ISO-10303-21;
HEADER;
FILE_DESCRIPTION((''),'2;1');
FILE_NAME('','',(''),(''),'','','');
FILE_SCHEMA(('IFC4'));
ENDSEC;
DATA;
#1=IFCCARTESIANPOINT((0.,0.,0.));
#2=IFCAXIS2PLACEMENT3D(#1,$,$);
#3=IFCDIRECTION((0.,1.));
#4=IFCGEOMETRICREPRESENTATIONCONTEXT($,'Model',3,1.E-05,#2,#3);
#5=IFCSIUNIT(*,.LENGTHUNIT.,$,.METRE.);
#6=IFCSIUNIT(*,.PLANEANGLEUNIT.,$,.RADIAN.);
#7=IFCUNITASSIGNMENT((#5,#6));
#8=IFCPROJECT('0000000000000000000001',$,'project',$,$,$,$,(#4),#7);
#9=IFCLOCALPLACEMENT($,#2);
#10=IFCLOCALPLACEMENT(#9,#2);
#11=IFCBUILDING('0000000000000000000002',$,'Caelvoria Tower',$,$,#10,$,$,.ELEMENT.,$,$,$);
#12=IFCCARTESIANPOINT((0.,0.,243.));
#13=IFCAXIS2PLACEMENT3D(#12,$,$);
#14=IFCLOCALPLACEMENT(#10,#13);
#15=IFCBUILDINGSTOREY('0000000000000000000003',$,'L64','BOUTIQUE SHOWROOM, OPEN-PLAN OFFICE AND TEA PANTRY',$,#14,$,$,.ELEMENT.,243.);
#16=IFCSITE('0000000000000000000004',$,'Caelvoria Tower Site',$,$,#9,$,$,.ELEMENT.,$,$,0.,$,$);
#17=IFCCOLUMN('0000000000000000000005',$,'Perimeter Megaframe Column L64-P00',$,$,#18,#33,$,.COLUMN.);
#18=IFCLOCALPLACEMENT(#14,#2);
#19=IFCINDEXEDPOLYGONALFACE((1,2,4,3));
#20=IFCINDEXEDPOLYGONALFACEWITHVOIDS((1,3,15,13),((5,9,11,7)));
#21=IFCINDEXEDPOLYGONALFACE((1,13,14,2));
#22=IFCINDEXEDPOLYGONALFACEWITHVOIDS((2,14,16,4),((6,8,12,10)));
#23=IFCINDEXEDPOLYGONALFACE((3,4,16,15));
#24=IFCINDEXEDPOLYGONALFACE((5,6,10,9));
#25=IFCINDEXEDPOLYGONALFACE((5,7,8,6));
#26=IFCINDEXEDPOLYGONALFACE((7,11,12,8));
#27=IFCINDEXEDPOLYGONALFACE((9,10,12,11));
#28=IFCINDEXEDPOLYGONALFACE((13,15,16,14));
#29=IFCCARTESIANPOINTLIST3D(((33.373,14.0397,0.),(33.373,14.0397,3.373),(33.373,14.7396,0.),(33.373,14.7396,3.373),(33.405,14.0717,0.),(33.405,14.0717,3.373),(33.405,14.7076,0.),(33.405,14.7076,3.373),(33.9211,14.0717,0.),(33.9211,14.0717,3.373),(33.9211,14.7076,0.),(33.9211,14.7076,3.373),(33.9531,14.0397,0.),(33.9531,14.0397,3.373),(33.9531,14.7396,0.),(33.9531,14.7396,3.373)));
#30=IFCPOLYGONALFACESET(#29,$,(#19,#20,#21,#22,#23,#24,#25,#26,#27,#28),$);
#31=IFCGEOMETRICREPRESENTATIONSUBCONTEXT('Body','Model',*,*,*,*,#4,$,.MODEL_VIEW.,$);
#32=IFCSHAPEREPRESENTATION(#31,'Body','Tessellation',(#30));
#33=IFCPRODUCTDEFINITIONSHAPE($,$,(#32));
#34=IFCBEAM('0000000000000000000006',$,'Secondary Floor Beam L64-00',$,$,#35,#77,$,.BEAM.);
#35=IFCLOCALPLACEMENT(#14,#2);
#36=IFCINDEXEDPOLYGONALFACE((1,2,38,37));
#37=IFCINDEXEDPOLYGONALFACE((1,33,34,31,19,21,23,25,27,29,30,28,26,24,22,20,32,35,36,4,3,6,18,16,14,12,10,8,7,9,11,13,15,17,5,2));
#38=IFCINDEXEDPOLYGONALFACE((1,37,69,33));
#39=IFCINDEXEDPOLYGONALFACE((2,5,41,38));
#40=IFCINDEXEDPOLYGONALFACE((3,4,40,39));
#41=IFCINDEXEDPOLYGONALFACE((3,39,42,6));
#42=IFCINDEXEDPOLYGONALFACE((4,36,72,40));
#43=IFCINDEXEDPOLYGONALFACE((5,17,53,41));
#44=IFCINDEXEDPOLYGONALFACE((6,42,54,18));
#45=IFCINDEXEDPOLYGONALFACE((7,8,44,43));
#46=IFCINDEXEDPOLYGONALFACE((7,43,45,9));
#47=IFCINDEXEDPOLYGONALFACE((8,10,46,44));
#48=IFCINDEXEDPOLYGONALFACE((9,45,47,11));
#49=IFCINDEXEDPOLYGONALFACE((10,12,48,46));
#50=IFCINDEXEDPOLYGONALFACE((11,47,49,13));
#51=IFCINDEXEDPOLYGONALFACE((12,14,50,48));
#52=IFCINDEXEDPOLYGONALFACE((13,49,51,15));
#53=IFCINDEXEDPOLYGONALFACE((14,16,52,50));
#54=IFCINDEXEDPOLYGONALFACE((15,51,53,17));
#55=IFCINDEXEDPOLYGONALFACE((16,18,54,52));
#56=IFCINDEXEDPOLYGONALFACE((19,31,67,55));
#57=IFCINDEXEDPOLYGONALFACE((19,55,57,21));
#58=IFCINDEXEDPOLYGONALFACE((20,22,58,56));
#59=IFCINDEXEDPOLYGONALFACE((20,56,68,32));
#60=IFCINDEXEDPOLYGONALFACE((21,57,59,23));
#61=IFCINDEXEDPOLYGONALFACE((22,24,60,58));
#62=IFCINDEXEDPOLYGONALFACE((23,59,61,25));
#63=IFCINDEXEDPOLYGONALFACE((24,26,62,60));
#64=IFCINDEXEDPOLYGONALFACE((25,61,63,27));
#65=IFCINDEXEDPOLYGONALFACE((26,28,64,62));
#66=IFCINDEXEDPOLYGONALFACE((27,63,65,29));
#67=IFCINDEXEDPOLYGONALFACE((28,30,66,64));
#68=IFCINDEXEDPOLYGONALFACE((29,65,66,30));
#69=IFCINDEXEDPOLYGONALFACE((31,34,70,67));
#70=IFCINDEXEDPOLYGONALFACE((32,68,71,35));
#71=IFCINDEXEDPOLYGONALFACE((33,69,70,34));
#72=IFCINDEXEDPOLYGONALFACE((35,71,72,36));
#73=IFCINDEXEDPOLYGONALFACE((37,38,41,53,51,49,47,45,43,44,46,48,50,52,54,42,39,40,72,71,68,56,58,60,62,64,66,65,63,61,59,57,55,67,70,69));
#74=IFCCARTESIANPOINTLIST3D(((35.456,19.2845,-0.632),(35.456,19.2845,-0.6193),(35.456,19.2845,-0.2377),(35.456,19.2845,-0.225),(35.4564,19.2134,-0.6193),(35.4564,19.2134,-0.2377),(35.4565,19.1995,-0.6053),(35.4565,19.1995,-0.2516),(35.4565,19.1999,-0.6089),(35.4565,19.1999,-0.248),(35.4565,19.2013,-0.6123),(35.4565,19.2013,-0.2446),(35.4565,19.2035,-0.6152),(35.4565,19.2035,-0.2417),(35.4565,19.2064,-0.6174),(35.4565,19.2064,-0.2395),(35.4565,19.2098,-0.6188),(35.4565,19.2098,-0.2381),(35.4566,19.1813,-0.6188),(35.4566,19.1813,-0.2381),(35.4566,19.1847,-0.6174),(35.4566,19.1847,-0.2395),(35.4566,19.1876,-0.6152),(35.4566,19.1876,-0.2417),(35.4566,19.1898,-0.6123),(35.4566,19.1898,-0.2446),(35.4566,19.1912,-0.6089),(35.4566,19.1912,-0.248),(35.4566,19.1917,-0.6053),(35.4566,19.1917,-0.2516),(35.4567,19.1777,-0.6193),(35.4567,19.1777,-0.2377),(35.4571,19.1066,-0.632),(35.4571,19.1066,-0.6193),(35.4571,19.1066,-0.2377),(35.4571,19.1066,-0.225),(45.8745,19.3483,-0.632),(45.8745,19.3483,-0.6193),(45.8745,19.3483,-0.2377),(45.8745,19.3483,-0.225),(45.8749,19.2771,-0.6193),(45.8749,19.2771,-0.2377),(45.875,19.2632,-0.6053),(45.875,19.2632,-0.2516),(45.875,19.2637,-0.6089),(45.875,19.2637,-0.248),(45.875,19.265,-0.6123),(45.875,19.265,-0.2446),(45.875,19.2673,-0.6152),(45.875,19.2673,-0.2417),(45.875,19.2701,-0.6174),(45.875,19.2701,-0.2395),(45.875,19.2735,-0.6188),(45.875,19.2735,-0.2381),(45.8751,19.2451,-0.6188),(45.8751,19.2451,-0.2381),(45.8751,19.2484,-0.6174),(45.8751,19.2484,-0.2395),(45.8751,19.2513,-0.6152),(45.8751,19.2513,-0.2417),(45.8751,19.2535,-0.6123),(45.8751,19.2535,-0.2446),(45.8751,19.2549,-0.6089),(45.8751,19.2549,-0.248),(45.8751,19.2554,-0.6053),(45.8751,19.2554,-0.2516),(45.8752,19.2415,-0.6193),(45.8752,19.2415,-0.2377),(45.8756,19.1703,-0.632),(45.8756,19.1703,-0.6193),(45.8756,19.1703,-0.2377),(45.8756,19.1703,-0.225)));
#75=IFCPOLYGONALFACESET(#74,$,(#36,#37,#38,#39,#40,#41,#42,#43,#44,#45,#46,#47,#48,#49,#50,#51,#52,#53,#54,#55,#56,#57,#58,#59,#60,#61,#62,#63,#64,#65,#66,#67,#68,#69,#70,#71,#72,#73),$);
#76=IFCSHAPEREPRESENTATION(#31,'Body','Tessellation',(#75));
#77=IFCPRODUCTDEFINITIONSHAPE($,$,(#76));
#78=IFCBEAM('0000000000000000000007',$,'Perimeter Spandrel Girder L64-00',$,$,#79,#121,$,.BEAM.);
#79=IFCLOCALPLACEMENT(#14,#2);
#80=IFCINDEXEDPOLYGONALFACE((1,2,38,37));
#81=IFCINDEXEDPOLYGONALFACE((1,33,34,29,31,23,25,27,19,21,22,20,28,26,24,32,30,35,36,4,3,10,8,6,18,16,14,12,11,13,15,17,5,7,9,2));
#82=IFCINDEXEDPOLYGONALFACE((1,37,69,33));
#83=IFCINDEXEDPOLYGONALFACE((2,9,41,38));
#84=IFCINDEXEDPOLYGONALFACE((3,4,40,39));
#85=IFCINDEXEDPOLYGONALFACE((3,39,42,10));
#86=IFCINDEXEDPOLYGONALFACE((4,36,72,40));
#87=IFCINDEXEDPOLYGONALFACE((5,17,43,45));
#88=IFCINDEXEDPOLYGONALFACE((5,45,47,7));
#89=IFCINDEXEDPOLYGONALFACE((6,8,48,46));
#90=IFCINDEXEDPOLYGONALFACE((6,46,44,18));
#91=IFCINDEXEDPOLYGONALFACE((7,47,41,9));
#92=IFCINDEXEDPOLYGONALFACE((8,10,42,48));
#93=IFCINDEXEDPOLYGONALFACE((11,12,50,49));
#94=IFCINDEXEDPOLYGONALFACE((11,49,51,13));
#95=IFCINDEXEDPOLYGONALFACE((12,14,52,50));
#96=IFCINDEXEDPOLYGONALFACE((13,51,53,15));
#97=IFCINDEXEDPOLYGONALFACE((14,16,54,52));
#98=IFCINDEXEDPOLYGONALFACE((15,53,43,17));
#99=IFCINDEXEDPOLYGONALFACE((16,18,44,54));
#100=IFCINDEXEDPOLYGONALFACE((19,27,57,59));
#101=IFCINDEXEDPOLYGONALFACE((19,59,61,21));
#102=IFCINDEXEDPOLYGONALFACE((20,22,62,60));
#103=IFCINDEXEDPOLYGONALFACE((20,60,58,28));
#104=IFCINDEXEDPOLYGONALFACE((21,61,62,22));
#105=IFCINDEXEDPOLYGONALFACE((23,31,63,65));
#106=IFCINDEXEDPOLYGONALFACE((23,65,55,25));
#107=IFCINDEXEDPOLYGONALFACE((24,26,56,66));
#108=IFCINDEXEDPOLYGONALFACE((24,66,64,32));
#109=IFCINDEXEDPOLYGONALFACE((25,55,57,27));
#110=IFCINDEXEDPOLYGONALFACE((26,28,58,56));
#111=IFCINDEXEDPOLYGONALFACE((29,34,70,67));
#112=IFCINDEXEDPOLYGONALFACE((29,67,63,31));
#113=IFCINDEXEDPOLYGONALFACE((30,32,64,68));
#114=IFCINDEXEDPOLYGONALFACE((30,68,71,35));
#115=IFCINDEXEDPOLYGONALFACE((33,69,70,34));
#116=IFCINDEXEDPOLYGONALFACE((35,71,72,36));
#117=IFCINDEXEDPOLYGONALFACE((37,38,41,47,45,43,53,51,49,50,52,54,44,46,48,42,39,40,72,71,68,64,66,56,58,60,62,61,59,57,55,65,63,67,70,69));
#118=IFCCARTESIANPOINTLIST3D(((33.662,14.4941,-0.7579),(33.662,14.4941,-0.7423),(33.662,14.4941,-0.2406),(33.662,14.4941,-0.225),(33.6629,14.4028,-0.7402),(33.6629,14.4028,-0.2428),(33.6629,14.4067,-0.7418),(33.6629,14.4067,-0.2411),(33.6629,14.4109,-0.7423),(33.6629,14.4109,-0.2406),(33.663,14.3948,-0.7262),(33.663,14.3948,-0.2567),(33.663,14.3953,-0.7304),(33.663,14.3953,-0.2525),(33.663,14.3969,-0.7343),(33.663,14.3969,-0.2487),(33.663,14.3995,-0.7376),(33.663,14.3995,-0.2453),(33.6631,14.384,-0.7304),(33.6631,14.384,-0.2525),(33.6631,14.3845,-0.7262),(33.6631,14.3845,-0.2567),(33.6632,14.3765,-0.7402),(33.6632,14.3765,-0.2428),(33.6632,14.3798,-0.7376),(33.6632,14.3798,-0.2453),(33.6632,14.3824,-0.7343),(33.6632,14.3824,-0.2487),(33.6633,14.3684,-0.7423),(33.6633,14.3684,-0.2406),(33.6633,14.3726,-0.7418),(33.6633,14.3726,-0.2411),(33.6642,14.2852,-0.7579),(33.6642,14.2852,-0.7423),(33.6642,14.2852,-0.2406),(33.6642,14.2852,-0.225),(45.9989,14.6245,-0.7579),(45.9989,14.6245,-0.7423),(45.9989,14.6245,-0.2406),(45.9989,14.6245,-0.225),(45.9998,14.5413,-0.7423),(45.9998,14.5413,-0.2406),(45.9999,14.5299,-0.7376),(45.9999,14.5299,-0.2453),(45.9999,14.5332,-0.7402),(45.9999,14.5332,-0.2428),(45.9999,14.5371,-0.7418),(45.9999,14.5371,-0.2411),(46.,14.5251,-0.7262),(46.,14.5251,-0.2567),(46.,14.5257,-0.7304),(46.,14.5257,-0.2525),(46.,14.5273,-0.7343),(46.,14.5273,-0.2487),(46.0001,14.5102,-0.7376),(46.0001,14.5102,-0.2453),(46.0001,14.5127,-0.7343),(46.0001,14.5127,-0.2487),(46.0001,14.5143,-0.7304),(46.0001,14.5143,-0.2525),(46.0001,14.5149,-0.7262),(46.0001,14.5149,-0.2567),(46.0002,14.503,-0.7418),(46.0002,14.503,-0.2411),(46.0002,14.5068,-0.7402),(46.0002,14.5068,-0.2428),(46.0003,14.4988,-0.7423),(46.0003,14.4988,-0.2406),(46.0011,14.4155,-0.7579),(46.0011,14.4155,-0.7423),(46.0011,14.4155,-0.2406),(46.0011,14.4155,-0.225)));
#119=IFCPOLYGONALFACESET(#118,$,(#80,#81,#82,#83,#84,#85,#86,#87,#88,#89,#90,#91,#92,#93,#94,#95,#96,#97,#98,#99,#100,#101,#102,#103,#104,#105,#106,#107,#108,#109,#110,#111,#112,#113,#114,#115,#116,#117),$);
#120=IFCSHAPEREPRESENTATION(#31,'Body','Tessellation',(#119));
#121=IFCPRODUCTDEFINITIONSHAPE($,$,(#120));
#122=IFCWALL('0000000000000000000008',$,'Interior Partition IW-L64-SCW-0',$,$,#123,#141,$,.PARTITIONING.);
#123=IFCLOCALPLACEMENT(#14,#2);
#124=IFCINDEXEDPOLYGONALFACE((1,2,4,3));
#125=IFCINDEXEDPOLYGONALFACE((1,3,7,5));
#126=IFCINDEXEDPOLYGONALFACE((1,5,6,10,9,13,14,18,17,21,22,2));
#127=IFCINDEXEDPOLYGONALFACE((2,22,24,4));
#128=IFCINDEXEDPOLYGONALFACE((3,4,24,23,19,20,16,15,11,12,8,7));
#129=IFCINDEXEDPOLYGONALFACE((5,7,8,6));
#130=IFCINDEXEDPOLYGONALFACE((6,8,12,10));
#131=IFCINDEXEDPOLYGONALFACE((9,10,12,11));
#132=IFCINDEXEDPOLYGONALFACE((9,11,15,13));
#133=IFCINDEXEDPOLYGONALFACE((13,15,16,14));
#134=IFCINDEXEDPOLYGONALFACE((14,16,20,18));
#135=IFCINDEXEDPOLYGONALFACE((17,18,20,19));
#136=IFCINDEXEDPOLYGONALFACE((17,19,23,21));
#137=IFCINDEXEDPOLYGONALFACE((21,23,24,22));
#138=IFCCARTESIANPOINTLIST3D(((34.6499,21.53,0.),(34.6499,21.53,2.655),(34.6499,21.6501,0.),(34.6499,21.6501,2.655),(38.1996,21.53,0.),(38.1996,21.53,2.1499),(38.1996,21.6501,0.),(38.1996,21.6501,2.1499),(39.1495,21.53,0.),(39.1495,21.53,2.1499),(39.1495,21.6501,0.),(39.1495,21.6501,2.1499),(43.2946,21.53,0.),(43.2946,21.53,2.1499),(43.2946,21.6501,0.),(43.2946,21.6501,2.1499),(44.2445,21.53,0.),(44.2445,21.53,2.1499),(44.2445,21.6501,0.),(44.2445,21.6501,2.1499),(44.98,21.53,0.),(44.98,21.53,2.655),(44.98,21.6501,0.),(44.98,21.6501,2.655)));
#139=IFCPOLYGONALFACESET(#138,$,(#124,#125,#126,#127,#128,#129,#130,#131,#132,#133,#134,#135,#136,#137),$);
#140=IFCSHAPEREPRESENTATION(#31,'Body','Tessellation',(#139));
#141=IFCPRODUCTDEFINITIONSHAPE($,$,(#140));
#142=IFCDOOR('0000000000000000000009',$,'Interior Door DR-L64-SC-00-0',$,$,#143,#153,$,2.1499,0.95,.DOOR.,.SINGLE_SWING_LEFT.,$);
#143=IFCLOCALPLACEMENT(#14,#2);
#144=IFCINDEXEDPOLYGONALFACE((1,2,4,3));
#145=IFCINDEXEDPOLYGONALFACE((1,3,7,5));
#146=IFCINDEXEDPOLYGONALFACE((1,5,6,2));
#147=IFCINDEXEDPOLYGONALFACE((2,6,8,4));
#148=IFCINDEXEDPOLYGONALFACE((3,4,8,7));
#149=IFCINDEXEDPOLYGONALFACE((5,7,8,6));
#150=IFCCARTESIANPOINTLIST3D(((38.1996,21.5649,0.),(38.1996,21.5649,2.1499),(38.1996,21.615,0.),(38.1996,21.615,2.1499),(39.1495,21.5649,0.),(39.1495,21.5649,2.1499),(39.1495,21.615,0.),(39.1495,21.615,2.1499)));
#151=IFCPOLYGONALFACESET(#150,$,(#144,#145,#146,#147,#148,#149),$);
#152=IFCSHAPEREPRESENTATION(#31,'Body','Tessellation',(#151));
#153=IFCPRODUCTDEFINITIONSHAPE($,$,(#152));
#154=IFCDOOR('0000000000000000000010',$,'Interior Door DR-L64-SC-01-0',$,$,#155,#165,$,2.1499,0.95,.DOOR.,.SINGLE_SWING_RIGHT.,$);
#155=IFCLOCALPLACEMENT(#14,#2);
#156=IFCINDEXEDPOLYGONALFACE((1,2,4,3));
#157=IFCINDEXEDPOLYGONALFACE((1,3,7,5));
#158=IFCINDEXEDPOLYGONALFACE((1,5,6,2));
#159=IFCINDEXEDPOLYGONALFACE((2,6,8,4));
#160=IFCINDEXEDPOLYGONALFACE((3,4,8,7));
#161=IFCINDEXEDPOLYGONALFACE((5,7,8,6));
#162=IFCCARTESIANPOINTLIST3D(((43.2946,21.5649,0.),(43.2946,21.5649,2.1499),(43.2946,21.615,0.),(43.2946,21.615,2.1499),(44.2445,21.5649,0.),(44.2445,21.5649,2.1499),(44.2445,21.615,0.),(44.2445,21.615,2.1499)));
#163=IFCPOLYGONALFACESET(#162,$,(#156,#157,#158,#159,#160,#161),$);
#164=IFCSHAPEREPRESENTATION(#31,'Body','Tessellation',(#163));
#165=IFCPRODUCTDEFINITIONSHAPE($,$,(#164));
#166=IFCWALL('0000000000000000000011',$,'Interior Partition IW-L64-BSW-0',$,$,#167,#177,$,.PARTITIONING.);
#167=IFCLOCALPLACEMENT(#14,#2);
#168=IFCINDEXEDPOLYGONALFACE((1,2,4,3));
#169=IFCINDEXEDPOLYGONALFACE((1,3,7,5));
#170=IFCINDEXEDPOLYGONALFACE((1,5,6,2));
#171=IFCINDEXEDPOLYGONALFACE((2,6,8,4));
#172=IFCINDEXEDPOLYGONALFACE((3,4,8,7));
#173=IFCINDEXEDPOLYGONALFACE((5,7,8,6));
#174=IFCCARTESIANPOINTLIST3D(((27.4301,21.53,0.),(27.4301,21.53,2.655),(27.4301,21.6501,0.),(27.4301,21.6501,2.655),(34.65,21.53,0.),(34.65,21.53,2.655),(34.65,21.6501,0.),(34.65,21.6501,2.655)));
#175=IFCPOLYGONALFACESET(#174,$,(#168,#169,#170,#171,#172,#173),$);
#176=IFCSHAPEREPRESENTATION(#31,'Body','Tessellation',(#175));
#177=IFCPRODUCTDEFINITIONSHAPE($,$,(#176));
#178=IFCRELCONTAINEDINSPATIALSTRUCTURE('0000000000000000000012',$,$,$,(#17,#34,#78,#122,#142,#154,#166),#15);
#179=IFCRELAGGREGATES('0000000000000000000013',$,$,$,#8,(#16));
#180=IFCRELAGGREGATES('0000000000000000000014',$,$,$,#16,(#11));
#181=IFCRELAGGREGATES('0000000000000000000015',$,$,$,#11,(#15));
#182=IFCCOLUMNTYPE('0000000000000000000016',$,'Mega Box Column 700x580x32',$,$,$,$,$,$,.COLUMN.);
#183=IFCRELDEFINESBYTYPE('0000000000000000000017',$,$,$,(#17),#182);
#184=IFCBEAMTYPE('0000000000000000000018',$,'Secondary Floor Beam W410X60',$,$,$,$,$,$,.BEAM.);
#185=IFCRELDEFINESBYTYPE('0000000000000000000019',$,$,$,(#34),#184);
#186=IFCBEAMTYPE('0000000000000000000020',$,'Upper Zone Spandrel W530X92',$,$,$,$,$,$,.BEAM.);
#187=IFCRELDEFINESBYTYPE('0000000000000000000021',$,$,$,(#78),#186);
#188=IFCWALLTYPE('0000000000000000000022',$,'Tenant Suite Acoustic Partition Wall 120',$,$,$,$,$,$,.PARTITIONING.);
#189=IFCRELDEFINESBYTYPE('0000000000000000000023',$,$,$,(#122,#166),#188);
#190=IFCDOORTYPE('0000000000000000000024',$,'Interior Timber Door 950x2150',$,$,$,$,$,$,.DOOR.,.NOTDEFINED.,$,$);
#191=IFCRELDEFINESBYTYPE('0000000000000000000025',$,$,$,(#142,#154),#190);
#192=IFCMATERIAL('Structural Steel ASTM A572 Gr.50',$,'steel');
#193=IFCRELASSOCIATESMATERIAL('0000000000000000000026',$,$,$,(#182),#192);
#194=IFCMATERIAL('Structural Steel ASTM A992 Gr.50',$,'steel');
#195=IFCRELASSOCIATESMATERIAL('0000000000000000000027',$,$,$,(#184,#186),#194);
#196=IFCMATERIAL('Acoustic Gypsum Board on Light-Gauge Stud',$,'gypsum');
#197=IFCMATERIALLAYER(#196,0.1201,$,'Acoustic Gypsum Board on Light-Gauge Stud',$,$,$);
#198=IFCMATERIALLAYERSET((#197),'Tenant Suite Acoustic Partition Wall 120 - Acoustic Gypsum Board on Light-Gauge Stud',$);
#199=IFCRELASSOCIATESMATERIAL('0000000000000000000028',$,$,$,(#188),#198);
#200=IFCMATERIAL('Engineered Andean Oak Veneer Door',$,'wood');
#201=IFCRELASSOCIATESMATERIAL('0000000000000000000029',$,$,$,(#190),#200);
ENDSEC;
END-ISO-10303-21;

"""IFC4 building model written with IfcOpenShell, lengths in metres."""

from ifc_helpers import new_model, si_unit, direction, frame, frame_2d, origin, origin_2d, place, context, subcontext, project, spatial, rectangle, hollow_rectangle, i_section, extrude, material, layer, layer_set, material_profile, profile_set, type_object, element, fill, save


model = new_model("IFC4")

# Units and contexts
model_context = context("Model", 3, precision=1e-05, world=origin(), true_north=direction((0.0, 1.0)))
body_context = subcontext(model_context, "Body", "Model", "MODEL_VIEW")
ifc_project = project(units=[si_unit("LENGTHUNIT", "METRE"), si_unit("PLANEANGLEUNIT", "RADIAN")], contexts=[model_context])

# Site, building, storey
site_placement = place(None, origin())
site = spatial("IfcSite", under=ifc_project, at=site_placement, Name="Caelvoria Tower Site", CompositionType="ELEMENT", RefElevation=0.0)
building_placement = place(site_placement, origin())
building = spatial("IfcBuilding", under=site, at=building_placement, Name="Caelvoria Tower", CompositionType="ELEMENT")
storey_placement = place(building_placement, frame((0.0, 0.0, 243.0)))
storey = spatial("IfcBuildingStorey", under=building, at=storey_placement, Name="L64", Description="BOUTIQUE SHOWROOM, OPEN-PLAN OFFICE AND TEA PANTRY", CompositionType="ELEMENT", Elevation=243.0)

# Column
ifc_material_1 = material(Name="Structural Steel ASTM A572 Gr.50", Category="steel")
ifc_material_profile_1 = material_profile(ifc_material_1, hollow_rectangle(XDim=0.5801, YDim=0.7, WallThickness=0.032, at=origin_2d()), Name="Structural Steel ASTM A572 Gr.50")
ifc_profile_set_1 = profile_set([ifc_material_profile_1], Name="BOX700X580X32 - Structural Steel ASTM A572 Gr.50")
column_type = type_object("IfcColumnType", Name="Mega Box Column 700x580x32", PredefinedType="COLUMN", material=ifc_profile_set_1)
column_placement = place(storey_placement, frame((33.6631, 14.3896, 0.0), z_axis=(0.0, 0.0, 1.0), x_axis=(1.0, 0.0, 0.0)))
element("IfcColumn", 1, at=column_placement, inside=storey, type_object=column_type, Name="Perimeter Megaframe Column L64-P00", PredefinedType="COLUMN", context=body_context, shape_type="SweptSolid", body=[
    extrude(hollow_rectangle(XDim=0.5801, YDim=0.7, WallThickness=0.032, at=origin_2d()), origin(), (0.0, 0.0, 1.0), 3.373),
])

# Beams
ifc_material_2 = material(Name="Structural Steel ASTM A992 Gr.50", Category="steel")
ifc_material_profile_2 = material_profile(ifc_material_2, i_section(OverallWidth=0.178, OverallDepth=0.407, WebThickness=0.0078, FlangeThickness=0.0127, FilletRadius=0.0139, at=origin_2d()), Name="Structural Steel ASTM A992 Gr.50")
ifc_profile_set_2 = profile_set([ifc_material_profile_2], Name="W410X60 - Structural Steel ASTM A992 Gr.50")
beam_type_1 = type_object("IfcBeamType", Name="Secondary Floor Beam W410X60", PredefinedType="BEAM", material=ifc_profile_set_2)
beam_1_placement = place(storey_placement, frame((35.4565, 19.1956, -0.4285), z_axis=(0.999981, 0.006116, 0.0), x_axis=(-0.006116, 0.999981, 0.0)))
element("IfcBeam", 2, at=beam_1_placement, inside=storey, type_object=beam_type_1, Name="Secondary Floor Beam L64-00", PredefinedType="BEAM", context=body_context, shape_type="SweptSolid", body=[
    extrude(i_section(OverallWidth=0.178, OverallDepth=0.407, WebThickness=0.0078, FlangeThickness=0.0127, FilletRadius=0.0139, at=origin_2d()), origin(), (0.0, 0.0, 1.0), 10.4187),
])
ifc_material_profile_3 = material_profile(ifc_material_2, i_section(OverallWidth=0.209, OverallDepth=0.533, WebThickness=0.0103, FlangeThickness=0.0156, FilletRadius=0.0161, at=origin_2d()), Name="Structural Steel ASTM A992 Gr.50")
ifc_profile_set_3 = profile_set([ifc_material_profile_3], Name="W530X92 - Structural Steel ASTM A992 Gr.50")
beam_type_2 = type_object("IfcBeamType", Name="Upper Zone Spandrel W530X92", PredefinedType="BEAM", material=ifc_profile_set_3)
beam_2_placement = place(storey_placement, frame((33.6631, 14.3896, -0.4915), z_axis=(0.999944, 0.010567, 0.0), x_axis=(-0.010567, 0.999944, 0.0)))
element("IfcBeam", 3, at=beam_2_placement, inside=storey, type_object=beam_type_2, Name="Perimeter Spandrel Girder L64-00", PredefinedType="BEAM", context=body_context, shape_type="SweptSolid", body=[
    extrude(i_section(OverallWidth=0.209, OverallDepth=0.533, WebThickness=0.0103, FlangeThickness=0.0156, FilletRadius=0.0161, at=origin_2d()), origin(), (0.0, 0.0, 1.0), 12.3376),
])

# Wall, openings, doors
ifc_material_3 = material(Name="Acoustic Gypsum Board on Light-Gauge Stud", Category="gypsum")
ifc_layer_1 = layer(ifc_material_3, 0.1201, Name="Acoustic Gypsum Board on Light-Gauge Stud")
ifc_layer_set_1 = layer_set([ifc_layer_1], Name="Tenant Suite Acoustic Partition Wall 120 - Acoustic Gypsum Board on Light-Gauge Stud")
wall_type_1 = type_object("IfcWallType", Name="Tenant Suite Acoustic Partition Wall 120", PredefinedType="PARTITIONING", material=ifc_layer_set_1)
wall_1_placement = place(storey_placement, frame((34.6499, 21.5901, 0.0), z_axis=(0.0, 0.0, 1.0), x_axis=(1.0, 0.0, 0.0)))
wall_1 = element("IfcWall", 4, at=wall_1_placement, inside=storey, type_object=wall_type_1, Name="Interior Partition IW-L64-SCW-0", PredefinedType="PARTITIONING", context=body_context, shape_type="SweptSolid", body=[
    extrude(rectangle(XDim=10.3301, YDim=0.1201, at=frame_2d((5.165, 0.0))), origin(), (0.0, 0.0, 1.0), 2.655),
])
opening_1_placement = place(wall_1_placement, frame((3.5496, 0.0, 0.0)))
opening_1 = element("IfcOpeningElement", 5, at=opening_1_placement, cuts=wall_1, PredefinedType="OPENING", context=body_context, shape_type="SweptSolid", body=[
    extrude(rectangle(XDim=0.95, YDim=2.1499, at=frame_2d((0.4751, 1.075))), frame((0.0, 0.0701, 0.0), z_axis=(0.0, -1.0, 0.0), x_axis=(1.0, 0.0, 0.0)), (0.0, 0.0, 1.0), 0.1401),
])
opening_2_placement = place(wall_1_placement, frame((8.6445, 0.0, 0.0)))
opening_2 = element("IfcOpeningElement", 6, at=opening_2_placement, cuts=wall_1, PredefinedType="OPENING", context=body_context, shape_type="SweptSolid", body=[
    extrude(rectangle(XDim=0.95, YDim=2.1499, at=frame_2d((0.4751, 1.075))), frame((0.0, 0.0701, 0.0), z_axis=(0.0, -1.0, 0.0), x_axis=(1.0, 0.0, 0.0)), (0.0, 0.0, 1.0), 0.1401),
])
ifc_material_4 = material(Name="Engineered Andean Oak Veneer Door", Category="wood")
door_type = type_object("IfcDoorType", Name="Interior Timber Door 950x2150", OperationType="NOTDEFINED", PredefinedType="DOOR", material=ifc_material_4)
door_1_placement = place(opening_1_placement, origin())
door_1 = element("IfcDoor", 7, at=door_1_placement, inside=storey, type_object=door_type, Name="Interior Door DR-L64-SC-00-0", OperationType="SINGLE_SWING_LEFT", OverallHeight=2.1499, OverallWidth=0.95, PredefinedType="DOOR", context=body_context, shape_type="SweptSolid", body=[
    extrude(rectangle(XDim=0.95, YDim=2.1499, at=frame_2d((0.4751, 1.075))), frame((0.0, 0.0249, 0.0), z_axis=(0.0, -1.0, 0.0), x_axis=(1.0, 0.0, 0.0)), (0.0, 0.0, 1.0), 0.05),
])
fill(opening_1, door_1)
door_2_placement = place(opening_2_placement, origin())
door_2 = element("IfcDoor", 8, at=door_2_placement, inside=storey, type_object=door_type, Name="Interior Door DR-L64-SC-01-0", OperationType="SINGLE_SWING_RIGHT", OverallHeight=2.1499, OverallWidth=0.95, PredefinedType="DOOR", context=body_context, shape_type="SweptSolid", body=[
    extrude(rectangle(XDim=0.95, YDim=2.1499, at=frame_2d((0.4751, 1.075))), frame((0.0, 0.0249, 0.0), z_axis=(0.0, -1.0, 0.0), x_axis=(1.0, 0.0, 0.0)), (0.0, 0.0, 1.0), 0.05),
])
fill(opening_2, door_2)

# Wall
wall_2_placement = place(storey_placement, frame((34.6499, 21.5901, 0.0), z_axis=(0.0, 0.0, 1.0), x_axis=(-1.0, 0.0, 0.0)))
element("IfcWall", 9, at=wall_2_placement, inside=storey, type_object=wall_type_1, Name="Interior Partition IW-L64-BSW-0", PredefinedType="PARTITIONING", context=body_context, shape_type="SweptSolid", body=[
    extrude(rectangle(XDim=7.22, YDim=0.1201, at=frame_2d((3.6099, 0.0))), origin(), (0.0, 0.0, 1.0), 2.655),
])

save(model, "model.ifc")
